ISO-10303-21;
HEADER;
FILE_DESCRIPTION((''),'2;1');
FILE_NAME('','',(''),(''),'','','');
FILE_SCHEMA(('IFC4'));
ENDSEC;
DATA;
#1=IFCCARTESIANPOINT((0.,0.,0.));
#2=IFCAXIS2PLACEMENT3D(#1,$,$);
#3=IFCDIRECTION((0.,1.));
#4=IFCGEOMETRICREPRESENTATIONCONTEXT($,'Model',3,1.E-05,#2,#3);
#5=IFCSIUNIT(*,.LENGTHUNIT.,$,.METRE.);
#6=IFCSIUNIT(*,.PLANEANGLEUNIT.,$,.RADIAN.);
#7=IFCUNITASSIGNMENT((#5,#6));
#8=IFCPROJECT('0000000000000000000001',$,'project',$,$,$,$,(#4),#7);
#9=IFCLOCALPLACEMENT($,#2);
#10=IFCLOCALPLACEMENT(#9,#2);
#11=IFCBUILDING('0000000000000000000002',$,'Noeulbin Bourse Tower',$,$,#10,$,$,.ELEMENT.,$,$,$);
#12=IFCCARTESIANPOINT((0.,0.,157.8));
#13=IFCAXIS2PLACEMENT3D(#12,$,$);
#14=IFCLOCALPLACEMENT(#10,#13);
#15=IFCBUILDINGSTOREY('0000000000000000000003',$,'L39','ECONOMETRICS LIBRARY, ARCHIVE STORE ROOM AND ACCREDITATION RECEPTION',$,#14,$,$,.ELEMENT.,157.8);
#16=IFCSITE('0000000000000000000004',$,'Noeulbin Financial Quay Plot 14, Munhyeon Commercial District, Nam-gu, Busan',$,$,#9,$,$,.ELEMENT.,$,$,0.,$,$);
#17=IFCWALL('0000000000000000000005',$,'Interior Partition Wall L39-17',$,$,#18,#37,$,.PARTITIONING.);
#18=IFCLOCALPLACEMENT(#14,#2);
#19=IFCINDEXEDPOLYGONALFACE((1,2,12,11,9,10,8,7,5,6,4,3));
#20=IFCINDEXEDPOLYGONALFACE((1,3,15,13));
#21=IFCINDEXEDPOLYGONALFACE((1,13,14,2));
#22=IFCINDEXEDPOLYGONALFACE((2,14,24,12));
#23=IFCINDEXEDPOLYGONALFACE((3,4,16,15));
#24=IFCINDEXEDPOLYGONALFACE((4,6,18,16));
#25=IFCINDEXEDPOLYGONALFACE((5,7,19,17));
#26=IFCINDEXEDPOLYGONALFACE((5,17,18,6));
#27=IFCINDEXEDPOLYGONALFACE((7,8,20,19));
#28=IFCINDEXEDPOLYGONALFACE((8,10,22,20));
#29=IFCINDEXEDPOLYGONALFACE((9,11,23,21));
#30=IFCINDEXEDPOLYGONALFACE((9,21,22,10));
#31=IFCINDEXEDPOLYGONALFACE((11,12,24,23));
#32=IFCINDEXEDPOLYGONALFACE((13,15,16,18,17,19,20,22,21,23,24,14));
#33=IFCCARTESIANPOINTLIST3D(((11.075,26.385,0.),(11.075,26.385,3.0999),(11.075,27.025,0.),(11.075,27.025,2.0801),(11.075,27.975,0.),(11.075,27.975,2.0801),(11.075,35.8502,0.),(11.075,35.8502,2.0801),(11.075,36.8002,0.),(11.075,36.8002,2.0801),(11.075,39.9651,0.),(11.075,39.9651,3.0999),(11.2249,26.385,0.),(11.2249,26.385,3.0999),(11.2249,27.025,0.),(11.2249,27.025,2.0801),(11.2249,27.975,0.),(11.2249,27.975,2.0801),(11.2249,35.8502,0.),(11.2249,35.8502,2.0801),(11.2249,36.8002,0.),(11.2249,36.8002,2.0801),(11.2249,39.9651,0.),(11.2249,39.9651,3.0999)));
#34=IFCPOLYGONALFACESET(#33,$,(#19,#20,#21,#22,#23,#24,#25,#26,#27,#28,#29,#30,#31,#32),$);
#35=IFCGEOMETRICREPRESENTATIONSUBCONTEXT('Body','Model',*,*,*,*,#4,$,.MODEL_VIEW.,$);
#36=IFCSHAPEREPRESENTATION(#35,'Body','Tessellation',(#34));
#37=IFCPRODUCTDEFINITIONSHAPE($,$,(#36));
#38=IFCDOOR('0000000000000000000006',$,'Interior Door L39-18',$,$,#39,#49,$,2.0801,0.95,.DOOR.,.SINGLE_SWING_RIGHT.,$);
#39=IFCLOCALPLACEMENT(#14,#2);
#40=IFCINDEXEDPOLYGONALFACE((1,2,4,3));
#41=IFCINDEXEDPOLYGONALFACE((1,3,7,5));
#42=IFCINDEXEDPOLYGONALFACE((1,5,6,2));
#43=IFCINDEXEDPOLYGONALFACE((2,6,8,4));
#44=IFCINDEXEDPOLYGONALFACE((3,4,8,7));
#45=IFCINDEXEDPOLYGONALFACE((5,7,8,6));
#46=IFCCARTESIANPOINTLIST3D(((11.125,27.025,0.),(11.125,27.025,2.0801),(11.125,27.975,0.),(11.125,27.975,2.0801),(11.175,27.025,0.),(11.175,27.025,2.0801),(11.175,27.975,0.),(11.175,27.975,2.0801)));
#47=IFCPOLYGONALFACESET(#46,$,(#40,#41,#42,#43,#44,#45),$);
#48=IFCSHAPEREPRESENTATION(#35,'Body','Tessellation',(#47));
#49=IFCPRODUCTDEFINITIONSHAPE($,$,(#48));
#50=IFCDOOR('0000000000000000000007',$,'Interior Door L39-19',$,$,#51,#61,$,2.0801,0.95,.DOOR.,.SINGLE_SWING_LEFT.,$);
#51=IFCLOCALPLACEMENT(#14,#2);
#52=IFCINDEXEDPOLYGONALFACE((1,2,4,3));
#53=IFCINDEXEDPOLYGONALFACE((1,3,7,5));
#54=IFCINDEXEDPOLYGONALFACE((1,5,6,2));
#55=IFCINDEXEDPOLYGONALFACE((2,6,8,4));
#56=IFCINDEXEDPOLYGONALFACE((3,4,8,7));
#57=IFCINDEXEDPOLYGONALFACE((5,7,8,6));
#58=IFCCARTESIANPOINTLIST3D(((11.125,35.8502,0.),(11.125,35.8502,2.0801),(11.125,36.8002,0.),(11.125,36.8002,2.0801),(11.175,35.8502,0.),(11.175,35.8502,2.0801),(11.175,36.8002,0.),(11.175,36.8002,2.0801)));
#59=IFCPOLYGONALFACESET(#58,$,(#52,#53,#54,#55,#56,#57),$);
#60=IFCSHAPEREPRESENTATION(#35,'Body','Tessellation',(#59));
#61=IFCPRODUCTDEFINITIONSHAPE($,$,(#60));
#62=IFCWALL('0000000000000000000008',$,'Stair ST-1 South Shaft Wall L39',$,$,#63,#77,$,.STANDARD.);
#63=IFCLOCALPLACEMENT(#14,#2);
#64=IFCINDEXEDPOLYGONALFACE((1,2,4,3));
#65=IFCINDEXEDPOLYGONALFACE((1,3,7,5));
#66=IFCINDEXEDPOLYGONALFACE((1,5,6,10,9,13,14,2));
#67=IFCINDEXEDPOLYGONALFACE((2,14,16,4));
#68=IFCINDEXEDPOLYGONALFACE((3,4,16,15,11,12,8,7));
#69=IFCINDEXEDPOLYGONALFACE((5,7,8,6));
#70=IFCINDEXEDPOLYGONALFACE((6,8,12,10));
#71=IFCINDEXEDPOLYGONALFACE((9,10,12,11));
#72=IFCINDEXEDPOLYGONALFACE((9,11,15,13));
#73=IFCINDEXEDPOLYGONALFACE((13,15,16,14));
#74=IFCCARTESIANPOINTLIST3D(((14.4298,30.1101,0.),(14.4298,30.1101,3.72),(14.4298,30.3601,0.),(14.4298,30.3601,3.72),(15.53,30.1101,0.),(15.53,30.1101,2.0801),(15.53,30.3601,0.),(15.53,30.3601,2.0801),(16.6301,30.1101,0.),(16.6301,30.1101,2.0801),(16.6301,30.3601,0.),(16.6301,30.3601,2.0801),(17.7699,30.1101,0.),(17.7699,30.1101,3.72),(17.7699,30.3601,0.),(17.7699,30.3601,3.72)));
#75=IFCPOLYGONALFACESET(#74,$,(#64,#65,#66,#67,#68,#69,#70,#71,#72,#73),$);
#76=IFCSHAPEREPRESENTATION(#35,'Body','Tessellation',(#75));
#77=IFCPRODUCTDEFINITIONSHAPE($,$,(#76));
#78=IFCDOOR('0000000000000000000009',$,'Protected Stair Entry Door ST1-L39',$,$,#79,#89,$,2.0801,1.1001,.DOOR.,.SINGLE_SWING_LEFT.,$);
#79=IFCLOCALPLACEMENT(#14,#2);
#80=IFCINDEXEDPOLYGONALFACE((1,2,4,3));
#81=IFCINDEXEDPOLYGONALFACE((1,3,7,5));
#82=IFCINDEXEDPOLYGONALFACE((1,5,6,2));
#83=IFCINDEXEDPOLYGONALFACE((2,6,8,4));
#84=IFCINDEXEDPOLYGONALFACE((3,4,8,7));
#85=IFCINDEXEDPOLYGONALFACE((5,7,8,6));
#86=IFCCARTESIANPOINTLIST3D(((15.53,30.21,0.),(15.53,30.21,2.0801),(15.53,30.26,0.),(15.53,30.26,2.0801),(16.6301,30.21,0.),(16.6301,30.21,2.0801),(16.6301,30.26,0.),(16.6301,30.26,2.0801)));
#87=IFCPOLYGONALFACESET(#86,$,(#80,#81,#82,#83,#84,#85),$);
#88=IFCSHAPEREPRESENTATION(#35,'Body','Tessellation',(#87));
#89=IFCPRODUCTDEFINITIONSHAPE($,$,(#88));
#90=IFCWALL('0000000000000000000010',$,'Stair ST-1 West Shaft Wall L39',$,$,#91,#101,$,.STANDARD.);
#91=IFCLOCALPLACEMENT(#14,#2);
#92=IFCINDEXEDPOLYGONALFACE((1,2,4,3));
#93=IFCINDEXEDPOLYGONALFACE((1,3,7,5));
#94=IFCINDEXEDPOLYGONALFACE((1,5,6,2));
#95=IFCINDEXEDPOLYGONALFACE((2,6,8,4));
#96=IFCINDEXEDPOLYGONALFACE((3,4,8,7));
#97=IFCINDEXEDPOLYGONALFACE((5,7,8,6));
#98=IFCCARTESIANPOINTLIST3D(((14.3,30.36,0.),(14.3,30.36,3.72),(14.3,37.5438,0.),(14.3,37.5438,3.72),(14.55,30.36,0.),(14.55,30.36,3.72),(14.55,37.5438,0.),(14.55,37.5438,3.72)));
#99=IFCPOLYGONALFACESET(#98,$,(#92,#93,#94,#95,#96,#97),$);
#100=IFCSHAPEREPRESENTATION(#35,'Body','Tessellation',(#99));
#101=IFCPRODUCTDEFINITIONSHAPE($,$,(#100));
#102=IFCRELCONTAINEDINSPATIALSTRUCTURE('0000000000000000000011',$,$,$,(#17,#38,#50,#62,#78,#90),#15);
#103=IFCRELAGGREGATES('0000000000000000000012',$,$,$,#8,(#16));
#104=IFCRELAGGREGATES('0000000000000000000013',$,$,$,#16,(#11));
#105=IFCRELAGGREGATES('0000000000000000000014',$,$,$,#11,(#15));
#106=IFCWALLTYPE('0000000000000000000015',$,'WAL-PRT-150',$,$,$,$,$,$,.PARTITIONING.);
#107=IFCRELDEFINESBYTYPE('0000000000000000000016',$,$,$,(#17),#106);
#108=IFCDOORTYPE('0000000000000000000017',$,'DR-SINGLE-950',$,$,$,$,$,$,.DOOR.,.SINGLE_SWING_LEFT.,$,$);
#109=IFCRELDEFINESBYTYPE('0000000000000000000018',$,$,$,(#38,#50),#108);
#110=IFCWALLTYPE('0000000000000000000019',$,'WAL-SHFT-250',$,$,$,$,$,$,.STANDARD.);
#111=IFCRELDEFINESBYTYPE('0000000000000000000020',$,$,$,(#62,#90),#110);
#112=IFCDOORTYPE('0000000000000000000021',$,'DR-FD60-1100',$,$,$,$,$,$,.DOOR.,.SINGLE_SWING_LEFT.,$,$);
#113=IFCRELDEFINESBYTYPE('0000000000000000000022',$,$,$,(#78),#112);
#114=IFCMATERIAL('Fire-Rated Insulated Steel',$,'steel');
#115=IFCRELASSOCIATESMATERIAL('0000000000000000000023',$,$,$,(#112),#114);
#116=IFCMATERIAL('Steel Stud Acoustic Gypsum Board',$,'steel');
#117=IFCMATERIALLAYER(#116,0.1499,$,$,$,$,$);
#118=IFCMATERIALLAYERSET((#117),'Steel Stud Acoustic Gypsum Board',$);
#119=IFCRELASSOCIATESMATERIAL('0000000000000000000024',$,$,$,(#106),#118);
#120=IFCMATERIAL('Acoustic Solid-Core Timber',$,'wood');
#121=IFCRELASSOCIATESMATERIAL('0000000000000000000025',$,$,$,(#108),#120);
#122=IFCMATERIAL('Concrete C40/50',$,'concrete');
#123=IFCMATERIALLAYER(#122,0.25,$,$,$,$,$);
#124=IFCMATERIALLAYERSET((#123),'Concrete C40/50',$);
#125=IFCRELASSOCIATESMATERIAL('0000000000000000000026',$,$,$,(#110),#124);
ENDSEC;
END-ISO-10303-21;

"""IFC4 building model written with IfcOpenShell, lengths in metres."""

from ifc_helpers import new_model, si_unit, direction, frame, frame_2d, origin, place, context, subcontext, project, spatial, rectangle, extrude, material, layer, layer_set, type_object, element, fill, save


model = new_model("IFC4")

# Units and contexts
model_context = context("Model", 3, precision=1e-05, world=origin(), true_north=direction((0.0, 1.0)))
body_context = subcontext(model_context, "Body", "Model", "MODEL_VIEW")
ifc_project = project(units=[si_unit("LENGTHUNIT", "METRE"), si_unit("PLANEANGLEUNIT", "RADIAN")], contexts=[model_context])

# Site, building, storey
site_placement = place(None, origin())
site = spatial("IfcSite", under=ifc_project, at=site_placement, Name="Noeulbin Financial Quay Plot 14, Munhyeon Commercial District, Nam-gu, Busan", CompositionType="ELEMENT", RefElevation=0.0)
building_placement = place(site_placement, origin())
building = spatial("IfcBuilding", under=site, at=building_placement, Name="Noeulbin Bourse Tower", CompositionType="ELEMENT")
storey_placement = place(building_placement, frame((0.0, 0.0, 157.8)))
storey = spatial("IfcBuildingStorey", under=building, at=storey_placement, Name="L39", Description="ECONOMETRICS LIBRARY, ARCHIVE STORE ROOM AND ACCREDITATION RECEPTION", CompositionType="ELEMENT", Elevation=157.8)

# Shared definitions
ifc_material_1 = material(Name="Fire-Rated Insulated Steel", Category="steel")
door_type_1 = type_object("IfcDoorType", Name="DR-FD60-1100", OperationType="SINGLE_SWING_LEFT", PredefinedType="DOOR", material=ifc_material_1)

# Wall, openings, doors
ifc_material_2 = material(Name="Steel Stud Acoustic Gypsum Board", Category="steel")
ifc_layer_1 = layer(ifc_material_2, 0.1499)
ifc_layer_set_1 = layer_set([ifc_layer_1], Name="Steel Stud Acoustic Gypsum Board")
wall_type_1 = type_object("IfcWallType", Name="WAL-PRT-150", PredefinedType="PARTITIONING", material=ifc_layer_set_1)
wall_1_placement = place(storey_placement, frame((11.1499, 26.385, 0.0), z_axis=(0.0, 0.0, 1.0), x_axis=(0.0, 1.0, 0.0)))
wall_1 = element("IfcWall", 1, at=wall_1_placement, inside=storey, type_object=wall_type_1, Name="Interior Partition Wall L39-17", PredefinedType="PARTITIONING", context=body_context, shape_type="SweptSolid", body=[
    extrude(rectangle(XDim=13.5801, YDim=0.1499, at=frame_2d((6.79, 0.0))), origin(), (0.0, 0.0, 1.0), 3.0999),
])
opening_1_placement = place(wall_1_placement, frame((0.6399, 0.0, 0.0)))
opening_1 = element("IfcOpeningElement", 2, at=opening_1_placement, cuts=wall_1, PredefinedType="OPENING", context=body_context, shape_type="SweptSolid", body=[
    extrude(rectangle(XDim=0.95, YDim=2.0801, at=frame_2d((0.4751, 1.04))), frame((0.0, 0.085, 0.0), z_axis=(0.0, -1.0, 0.0), x_axis=(1.0, 0.0, 0.0)), (0.0, 0.0, 1.0), 0.1699),
])
opening_2_placement = place(wall_1_placement, frame((9.4651, 0.0, 0.0)))
opening_2 = element("IfcOpeningElement", 3, at=opening_2_placement, cuts=wall_1, PredefinedType="OPENING", context=body_context, shape_type="SweptSolid", body=[
    extrude(rectangle(XDim=0.95, YDim=2.0801, at=frame_2d((0.4751, 1.04))), frame((0.0, 0.085, 0.0), z_axis=(0.0, -1.0, 0.0), x_axis=(1.0, 0.0, 0.0)), (0.0, 0.0, 1.0), 0.1699),
])
ifc_material_3 = material(Name="Acoustic Solid-Core Timber", Category="wood")
door_type_2 = type_object("IfcDoorType", Name="DR-SINGLE-950", OperationType="SINGLE_SWING_LEFT", PredefinedType="DOOR", material=ifc_material_3)
door_1_placement = place(opening_1_placement, origin())
door_1 = element("IfcDoor", 4, at=door_1_placement, inside=storey, type_object=door_type_2, Name="Interior Door L39-18", OperationType="SINGLE_SWING_RIGHT", OverallHeight=2.0801, OverallWidth=0.95, PredefinedType="DOOR", context=body_context, shape_type="SweptSolid", body=[
    extrude(rectangle(XDim=0.95, YDim=2.0801, at=frame_2d((0.4751, 1.04))), frame((0.0, 0.0249, 0.0), z_axis=(0.0, -1.0, 0.0), x_axis=(1.0, 0.0, 0.0)), (0.0, 0.0, 1.0), 0.05),
])
fill(opening_1, door_1)
door_2_placement = place(opening_2_placement, origin())
door_2 = element("IfcDoor", 5, at=door_2_placement, inside=storey, type_object=door_type_2, Name="Interior Door L39-19", OperationType="SINGLE_SWING_LEFT", OverallHeight=2.0801, OverallWidth=0.95, PredefinedType="DOOR", context=body_context, shape_type="SweptSolid", body=[
    extrude(rectangle(XDim=0.95, YDim=2.0801, at=frame_2d((0.4751, 1.04))), frame((0.0, 0.0249, 0.0), z_axis=(0.0, -1.0, 0.0), x_axis=(1.0, 0.0, 0.0)), (0.0, 0.0, 1.0), 0.05),
])
fill(opening_2, door_2)

# Wall, opening, door
ifc_material_4 = material(Name="Concrete C40/50", Category="concrete")
ifc_layer_2 = layer(ifc_material_4, 0.25)
ifc_layer_set_2 = layer_set([ifc_layer_2], Name="Concrete C40/50")
wall_type_2 = type_object("IfcWallType", Name="WAL-SHFT-250", PredefinedType="STANDARD", material=ifc_layer_set_2)
wall_2_placement = place(storey_placement, frame((14.4299, 30.2351, 0.0), z_axis=(0.0, 0.0, 1.0), x_axis=(1.0, 0.0, 0.0)))
wall_2 = element("IfcWall", 6, at=wall_2_placement, inside=storey, type_object=wall_type_2, Name="Stair ST-1 South Shaft Wall L39", PredefinedType="STANDARD", context=body_context, shape_type="SweptSolid", body=[
    extrude(rectangle(XDim=3.3401, YDim=0.25, at=frame_2d((1.6699, 0.0))), origin(), (0.0, 0.0, 1.0), 3.72),
])
opening_3_placement = place(wall_2_placement, frame((1.1001, 0.0, 0.0)))
opening_3 = element("IfcOpeningElement", 7, at=opening_3_placement, cuts=wall_2, PredefinedType="OPENING", context=body_context, shape_type="SweptSolid", body=[
    extrude(rectangle(XDim=1.1001, YDim=2.0801, at=frame_2d((0.55, 1.04))), frame((0.0, 0.135, 0.0), z_axis=(0.0, -1.0, 0.0), x_axis=(1.0, 0.0, 0.0)), (0.0, 0.0, 1.0), 0.27),
])
door_3_placement = place(opening_3_placement, origin())
door_3 = element("IfcDoor", 8, at=door_3_placement, inside=storey, type_object=door_type_1, Name="Protected Stair Entry Door ST1-L39", OperationType="SINGLE_SWING_LEFT", OverallHeight=2.0801, OverallWidth=1.1001, PredefinedType="DOOR", context=body_context, shape_type="SweptSolid", body=[
    extrude(rectangle(XDim=1.1001, YDim=2.0801, at=frame_2d((0.55, 1.04))), frame((0.0, 0.0249, 0.0), z_axis=(0.0, -1.0, 0.0), x_axis=(1.0, 0.0, 0.0)), (0.0, 0.0, 1.0), 0.05),
])
fill(opening_3, door_3)

# Wall
wall_3_placement = place(storey_placement, frame((14.425, 30.3601, 0.0), z_axis=(0.0, 0.0, 1.0), x_axis=(0.0, 1.0, 0.0)))
element("IfcWall", 9, at=wall_3_placement, inside=storey, type_object=wall_type_2, Name="Stair ST-1 West Shaft Wall L39", PredefinedType="STANDARD", context=body_context, shape_type="SweptSolid", body=[
    extrude(rectangle(XDim=7.1838, YDim=0.25, at=frame_2d((3.5918, 0.0))), origin(), (0.0, 0.0, 1.0), 3.72),
])

save(model, "model.ifc")
